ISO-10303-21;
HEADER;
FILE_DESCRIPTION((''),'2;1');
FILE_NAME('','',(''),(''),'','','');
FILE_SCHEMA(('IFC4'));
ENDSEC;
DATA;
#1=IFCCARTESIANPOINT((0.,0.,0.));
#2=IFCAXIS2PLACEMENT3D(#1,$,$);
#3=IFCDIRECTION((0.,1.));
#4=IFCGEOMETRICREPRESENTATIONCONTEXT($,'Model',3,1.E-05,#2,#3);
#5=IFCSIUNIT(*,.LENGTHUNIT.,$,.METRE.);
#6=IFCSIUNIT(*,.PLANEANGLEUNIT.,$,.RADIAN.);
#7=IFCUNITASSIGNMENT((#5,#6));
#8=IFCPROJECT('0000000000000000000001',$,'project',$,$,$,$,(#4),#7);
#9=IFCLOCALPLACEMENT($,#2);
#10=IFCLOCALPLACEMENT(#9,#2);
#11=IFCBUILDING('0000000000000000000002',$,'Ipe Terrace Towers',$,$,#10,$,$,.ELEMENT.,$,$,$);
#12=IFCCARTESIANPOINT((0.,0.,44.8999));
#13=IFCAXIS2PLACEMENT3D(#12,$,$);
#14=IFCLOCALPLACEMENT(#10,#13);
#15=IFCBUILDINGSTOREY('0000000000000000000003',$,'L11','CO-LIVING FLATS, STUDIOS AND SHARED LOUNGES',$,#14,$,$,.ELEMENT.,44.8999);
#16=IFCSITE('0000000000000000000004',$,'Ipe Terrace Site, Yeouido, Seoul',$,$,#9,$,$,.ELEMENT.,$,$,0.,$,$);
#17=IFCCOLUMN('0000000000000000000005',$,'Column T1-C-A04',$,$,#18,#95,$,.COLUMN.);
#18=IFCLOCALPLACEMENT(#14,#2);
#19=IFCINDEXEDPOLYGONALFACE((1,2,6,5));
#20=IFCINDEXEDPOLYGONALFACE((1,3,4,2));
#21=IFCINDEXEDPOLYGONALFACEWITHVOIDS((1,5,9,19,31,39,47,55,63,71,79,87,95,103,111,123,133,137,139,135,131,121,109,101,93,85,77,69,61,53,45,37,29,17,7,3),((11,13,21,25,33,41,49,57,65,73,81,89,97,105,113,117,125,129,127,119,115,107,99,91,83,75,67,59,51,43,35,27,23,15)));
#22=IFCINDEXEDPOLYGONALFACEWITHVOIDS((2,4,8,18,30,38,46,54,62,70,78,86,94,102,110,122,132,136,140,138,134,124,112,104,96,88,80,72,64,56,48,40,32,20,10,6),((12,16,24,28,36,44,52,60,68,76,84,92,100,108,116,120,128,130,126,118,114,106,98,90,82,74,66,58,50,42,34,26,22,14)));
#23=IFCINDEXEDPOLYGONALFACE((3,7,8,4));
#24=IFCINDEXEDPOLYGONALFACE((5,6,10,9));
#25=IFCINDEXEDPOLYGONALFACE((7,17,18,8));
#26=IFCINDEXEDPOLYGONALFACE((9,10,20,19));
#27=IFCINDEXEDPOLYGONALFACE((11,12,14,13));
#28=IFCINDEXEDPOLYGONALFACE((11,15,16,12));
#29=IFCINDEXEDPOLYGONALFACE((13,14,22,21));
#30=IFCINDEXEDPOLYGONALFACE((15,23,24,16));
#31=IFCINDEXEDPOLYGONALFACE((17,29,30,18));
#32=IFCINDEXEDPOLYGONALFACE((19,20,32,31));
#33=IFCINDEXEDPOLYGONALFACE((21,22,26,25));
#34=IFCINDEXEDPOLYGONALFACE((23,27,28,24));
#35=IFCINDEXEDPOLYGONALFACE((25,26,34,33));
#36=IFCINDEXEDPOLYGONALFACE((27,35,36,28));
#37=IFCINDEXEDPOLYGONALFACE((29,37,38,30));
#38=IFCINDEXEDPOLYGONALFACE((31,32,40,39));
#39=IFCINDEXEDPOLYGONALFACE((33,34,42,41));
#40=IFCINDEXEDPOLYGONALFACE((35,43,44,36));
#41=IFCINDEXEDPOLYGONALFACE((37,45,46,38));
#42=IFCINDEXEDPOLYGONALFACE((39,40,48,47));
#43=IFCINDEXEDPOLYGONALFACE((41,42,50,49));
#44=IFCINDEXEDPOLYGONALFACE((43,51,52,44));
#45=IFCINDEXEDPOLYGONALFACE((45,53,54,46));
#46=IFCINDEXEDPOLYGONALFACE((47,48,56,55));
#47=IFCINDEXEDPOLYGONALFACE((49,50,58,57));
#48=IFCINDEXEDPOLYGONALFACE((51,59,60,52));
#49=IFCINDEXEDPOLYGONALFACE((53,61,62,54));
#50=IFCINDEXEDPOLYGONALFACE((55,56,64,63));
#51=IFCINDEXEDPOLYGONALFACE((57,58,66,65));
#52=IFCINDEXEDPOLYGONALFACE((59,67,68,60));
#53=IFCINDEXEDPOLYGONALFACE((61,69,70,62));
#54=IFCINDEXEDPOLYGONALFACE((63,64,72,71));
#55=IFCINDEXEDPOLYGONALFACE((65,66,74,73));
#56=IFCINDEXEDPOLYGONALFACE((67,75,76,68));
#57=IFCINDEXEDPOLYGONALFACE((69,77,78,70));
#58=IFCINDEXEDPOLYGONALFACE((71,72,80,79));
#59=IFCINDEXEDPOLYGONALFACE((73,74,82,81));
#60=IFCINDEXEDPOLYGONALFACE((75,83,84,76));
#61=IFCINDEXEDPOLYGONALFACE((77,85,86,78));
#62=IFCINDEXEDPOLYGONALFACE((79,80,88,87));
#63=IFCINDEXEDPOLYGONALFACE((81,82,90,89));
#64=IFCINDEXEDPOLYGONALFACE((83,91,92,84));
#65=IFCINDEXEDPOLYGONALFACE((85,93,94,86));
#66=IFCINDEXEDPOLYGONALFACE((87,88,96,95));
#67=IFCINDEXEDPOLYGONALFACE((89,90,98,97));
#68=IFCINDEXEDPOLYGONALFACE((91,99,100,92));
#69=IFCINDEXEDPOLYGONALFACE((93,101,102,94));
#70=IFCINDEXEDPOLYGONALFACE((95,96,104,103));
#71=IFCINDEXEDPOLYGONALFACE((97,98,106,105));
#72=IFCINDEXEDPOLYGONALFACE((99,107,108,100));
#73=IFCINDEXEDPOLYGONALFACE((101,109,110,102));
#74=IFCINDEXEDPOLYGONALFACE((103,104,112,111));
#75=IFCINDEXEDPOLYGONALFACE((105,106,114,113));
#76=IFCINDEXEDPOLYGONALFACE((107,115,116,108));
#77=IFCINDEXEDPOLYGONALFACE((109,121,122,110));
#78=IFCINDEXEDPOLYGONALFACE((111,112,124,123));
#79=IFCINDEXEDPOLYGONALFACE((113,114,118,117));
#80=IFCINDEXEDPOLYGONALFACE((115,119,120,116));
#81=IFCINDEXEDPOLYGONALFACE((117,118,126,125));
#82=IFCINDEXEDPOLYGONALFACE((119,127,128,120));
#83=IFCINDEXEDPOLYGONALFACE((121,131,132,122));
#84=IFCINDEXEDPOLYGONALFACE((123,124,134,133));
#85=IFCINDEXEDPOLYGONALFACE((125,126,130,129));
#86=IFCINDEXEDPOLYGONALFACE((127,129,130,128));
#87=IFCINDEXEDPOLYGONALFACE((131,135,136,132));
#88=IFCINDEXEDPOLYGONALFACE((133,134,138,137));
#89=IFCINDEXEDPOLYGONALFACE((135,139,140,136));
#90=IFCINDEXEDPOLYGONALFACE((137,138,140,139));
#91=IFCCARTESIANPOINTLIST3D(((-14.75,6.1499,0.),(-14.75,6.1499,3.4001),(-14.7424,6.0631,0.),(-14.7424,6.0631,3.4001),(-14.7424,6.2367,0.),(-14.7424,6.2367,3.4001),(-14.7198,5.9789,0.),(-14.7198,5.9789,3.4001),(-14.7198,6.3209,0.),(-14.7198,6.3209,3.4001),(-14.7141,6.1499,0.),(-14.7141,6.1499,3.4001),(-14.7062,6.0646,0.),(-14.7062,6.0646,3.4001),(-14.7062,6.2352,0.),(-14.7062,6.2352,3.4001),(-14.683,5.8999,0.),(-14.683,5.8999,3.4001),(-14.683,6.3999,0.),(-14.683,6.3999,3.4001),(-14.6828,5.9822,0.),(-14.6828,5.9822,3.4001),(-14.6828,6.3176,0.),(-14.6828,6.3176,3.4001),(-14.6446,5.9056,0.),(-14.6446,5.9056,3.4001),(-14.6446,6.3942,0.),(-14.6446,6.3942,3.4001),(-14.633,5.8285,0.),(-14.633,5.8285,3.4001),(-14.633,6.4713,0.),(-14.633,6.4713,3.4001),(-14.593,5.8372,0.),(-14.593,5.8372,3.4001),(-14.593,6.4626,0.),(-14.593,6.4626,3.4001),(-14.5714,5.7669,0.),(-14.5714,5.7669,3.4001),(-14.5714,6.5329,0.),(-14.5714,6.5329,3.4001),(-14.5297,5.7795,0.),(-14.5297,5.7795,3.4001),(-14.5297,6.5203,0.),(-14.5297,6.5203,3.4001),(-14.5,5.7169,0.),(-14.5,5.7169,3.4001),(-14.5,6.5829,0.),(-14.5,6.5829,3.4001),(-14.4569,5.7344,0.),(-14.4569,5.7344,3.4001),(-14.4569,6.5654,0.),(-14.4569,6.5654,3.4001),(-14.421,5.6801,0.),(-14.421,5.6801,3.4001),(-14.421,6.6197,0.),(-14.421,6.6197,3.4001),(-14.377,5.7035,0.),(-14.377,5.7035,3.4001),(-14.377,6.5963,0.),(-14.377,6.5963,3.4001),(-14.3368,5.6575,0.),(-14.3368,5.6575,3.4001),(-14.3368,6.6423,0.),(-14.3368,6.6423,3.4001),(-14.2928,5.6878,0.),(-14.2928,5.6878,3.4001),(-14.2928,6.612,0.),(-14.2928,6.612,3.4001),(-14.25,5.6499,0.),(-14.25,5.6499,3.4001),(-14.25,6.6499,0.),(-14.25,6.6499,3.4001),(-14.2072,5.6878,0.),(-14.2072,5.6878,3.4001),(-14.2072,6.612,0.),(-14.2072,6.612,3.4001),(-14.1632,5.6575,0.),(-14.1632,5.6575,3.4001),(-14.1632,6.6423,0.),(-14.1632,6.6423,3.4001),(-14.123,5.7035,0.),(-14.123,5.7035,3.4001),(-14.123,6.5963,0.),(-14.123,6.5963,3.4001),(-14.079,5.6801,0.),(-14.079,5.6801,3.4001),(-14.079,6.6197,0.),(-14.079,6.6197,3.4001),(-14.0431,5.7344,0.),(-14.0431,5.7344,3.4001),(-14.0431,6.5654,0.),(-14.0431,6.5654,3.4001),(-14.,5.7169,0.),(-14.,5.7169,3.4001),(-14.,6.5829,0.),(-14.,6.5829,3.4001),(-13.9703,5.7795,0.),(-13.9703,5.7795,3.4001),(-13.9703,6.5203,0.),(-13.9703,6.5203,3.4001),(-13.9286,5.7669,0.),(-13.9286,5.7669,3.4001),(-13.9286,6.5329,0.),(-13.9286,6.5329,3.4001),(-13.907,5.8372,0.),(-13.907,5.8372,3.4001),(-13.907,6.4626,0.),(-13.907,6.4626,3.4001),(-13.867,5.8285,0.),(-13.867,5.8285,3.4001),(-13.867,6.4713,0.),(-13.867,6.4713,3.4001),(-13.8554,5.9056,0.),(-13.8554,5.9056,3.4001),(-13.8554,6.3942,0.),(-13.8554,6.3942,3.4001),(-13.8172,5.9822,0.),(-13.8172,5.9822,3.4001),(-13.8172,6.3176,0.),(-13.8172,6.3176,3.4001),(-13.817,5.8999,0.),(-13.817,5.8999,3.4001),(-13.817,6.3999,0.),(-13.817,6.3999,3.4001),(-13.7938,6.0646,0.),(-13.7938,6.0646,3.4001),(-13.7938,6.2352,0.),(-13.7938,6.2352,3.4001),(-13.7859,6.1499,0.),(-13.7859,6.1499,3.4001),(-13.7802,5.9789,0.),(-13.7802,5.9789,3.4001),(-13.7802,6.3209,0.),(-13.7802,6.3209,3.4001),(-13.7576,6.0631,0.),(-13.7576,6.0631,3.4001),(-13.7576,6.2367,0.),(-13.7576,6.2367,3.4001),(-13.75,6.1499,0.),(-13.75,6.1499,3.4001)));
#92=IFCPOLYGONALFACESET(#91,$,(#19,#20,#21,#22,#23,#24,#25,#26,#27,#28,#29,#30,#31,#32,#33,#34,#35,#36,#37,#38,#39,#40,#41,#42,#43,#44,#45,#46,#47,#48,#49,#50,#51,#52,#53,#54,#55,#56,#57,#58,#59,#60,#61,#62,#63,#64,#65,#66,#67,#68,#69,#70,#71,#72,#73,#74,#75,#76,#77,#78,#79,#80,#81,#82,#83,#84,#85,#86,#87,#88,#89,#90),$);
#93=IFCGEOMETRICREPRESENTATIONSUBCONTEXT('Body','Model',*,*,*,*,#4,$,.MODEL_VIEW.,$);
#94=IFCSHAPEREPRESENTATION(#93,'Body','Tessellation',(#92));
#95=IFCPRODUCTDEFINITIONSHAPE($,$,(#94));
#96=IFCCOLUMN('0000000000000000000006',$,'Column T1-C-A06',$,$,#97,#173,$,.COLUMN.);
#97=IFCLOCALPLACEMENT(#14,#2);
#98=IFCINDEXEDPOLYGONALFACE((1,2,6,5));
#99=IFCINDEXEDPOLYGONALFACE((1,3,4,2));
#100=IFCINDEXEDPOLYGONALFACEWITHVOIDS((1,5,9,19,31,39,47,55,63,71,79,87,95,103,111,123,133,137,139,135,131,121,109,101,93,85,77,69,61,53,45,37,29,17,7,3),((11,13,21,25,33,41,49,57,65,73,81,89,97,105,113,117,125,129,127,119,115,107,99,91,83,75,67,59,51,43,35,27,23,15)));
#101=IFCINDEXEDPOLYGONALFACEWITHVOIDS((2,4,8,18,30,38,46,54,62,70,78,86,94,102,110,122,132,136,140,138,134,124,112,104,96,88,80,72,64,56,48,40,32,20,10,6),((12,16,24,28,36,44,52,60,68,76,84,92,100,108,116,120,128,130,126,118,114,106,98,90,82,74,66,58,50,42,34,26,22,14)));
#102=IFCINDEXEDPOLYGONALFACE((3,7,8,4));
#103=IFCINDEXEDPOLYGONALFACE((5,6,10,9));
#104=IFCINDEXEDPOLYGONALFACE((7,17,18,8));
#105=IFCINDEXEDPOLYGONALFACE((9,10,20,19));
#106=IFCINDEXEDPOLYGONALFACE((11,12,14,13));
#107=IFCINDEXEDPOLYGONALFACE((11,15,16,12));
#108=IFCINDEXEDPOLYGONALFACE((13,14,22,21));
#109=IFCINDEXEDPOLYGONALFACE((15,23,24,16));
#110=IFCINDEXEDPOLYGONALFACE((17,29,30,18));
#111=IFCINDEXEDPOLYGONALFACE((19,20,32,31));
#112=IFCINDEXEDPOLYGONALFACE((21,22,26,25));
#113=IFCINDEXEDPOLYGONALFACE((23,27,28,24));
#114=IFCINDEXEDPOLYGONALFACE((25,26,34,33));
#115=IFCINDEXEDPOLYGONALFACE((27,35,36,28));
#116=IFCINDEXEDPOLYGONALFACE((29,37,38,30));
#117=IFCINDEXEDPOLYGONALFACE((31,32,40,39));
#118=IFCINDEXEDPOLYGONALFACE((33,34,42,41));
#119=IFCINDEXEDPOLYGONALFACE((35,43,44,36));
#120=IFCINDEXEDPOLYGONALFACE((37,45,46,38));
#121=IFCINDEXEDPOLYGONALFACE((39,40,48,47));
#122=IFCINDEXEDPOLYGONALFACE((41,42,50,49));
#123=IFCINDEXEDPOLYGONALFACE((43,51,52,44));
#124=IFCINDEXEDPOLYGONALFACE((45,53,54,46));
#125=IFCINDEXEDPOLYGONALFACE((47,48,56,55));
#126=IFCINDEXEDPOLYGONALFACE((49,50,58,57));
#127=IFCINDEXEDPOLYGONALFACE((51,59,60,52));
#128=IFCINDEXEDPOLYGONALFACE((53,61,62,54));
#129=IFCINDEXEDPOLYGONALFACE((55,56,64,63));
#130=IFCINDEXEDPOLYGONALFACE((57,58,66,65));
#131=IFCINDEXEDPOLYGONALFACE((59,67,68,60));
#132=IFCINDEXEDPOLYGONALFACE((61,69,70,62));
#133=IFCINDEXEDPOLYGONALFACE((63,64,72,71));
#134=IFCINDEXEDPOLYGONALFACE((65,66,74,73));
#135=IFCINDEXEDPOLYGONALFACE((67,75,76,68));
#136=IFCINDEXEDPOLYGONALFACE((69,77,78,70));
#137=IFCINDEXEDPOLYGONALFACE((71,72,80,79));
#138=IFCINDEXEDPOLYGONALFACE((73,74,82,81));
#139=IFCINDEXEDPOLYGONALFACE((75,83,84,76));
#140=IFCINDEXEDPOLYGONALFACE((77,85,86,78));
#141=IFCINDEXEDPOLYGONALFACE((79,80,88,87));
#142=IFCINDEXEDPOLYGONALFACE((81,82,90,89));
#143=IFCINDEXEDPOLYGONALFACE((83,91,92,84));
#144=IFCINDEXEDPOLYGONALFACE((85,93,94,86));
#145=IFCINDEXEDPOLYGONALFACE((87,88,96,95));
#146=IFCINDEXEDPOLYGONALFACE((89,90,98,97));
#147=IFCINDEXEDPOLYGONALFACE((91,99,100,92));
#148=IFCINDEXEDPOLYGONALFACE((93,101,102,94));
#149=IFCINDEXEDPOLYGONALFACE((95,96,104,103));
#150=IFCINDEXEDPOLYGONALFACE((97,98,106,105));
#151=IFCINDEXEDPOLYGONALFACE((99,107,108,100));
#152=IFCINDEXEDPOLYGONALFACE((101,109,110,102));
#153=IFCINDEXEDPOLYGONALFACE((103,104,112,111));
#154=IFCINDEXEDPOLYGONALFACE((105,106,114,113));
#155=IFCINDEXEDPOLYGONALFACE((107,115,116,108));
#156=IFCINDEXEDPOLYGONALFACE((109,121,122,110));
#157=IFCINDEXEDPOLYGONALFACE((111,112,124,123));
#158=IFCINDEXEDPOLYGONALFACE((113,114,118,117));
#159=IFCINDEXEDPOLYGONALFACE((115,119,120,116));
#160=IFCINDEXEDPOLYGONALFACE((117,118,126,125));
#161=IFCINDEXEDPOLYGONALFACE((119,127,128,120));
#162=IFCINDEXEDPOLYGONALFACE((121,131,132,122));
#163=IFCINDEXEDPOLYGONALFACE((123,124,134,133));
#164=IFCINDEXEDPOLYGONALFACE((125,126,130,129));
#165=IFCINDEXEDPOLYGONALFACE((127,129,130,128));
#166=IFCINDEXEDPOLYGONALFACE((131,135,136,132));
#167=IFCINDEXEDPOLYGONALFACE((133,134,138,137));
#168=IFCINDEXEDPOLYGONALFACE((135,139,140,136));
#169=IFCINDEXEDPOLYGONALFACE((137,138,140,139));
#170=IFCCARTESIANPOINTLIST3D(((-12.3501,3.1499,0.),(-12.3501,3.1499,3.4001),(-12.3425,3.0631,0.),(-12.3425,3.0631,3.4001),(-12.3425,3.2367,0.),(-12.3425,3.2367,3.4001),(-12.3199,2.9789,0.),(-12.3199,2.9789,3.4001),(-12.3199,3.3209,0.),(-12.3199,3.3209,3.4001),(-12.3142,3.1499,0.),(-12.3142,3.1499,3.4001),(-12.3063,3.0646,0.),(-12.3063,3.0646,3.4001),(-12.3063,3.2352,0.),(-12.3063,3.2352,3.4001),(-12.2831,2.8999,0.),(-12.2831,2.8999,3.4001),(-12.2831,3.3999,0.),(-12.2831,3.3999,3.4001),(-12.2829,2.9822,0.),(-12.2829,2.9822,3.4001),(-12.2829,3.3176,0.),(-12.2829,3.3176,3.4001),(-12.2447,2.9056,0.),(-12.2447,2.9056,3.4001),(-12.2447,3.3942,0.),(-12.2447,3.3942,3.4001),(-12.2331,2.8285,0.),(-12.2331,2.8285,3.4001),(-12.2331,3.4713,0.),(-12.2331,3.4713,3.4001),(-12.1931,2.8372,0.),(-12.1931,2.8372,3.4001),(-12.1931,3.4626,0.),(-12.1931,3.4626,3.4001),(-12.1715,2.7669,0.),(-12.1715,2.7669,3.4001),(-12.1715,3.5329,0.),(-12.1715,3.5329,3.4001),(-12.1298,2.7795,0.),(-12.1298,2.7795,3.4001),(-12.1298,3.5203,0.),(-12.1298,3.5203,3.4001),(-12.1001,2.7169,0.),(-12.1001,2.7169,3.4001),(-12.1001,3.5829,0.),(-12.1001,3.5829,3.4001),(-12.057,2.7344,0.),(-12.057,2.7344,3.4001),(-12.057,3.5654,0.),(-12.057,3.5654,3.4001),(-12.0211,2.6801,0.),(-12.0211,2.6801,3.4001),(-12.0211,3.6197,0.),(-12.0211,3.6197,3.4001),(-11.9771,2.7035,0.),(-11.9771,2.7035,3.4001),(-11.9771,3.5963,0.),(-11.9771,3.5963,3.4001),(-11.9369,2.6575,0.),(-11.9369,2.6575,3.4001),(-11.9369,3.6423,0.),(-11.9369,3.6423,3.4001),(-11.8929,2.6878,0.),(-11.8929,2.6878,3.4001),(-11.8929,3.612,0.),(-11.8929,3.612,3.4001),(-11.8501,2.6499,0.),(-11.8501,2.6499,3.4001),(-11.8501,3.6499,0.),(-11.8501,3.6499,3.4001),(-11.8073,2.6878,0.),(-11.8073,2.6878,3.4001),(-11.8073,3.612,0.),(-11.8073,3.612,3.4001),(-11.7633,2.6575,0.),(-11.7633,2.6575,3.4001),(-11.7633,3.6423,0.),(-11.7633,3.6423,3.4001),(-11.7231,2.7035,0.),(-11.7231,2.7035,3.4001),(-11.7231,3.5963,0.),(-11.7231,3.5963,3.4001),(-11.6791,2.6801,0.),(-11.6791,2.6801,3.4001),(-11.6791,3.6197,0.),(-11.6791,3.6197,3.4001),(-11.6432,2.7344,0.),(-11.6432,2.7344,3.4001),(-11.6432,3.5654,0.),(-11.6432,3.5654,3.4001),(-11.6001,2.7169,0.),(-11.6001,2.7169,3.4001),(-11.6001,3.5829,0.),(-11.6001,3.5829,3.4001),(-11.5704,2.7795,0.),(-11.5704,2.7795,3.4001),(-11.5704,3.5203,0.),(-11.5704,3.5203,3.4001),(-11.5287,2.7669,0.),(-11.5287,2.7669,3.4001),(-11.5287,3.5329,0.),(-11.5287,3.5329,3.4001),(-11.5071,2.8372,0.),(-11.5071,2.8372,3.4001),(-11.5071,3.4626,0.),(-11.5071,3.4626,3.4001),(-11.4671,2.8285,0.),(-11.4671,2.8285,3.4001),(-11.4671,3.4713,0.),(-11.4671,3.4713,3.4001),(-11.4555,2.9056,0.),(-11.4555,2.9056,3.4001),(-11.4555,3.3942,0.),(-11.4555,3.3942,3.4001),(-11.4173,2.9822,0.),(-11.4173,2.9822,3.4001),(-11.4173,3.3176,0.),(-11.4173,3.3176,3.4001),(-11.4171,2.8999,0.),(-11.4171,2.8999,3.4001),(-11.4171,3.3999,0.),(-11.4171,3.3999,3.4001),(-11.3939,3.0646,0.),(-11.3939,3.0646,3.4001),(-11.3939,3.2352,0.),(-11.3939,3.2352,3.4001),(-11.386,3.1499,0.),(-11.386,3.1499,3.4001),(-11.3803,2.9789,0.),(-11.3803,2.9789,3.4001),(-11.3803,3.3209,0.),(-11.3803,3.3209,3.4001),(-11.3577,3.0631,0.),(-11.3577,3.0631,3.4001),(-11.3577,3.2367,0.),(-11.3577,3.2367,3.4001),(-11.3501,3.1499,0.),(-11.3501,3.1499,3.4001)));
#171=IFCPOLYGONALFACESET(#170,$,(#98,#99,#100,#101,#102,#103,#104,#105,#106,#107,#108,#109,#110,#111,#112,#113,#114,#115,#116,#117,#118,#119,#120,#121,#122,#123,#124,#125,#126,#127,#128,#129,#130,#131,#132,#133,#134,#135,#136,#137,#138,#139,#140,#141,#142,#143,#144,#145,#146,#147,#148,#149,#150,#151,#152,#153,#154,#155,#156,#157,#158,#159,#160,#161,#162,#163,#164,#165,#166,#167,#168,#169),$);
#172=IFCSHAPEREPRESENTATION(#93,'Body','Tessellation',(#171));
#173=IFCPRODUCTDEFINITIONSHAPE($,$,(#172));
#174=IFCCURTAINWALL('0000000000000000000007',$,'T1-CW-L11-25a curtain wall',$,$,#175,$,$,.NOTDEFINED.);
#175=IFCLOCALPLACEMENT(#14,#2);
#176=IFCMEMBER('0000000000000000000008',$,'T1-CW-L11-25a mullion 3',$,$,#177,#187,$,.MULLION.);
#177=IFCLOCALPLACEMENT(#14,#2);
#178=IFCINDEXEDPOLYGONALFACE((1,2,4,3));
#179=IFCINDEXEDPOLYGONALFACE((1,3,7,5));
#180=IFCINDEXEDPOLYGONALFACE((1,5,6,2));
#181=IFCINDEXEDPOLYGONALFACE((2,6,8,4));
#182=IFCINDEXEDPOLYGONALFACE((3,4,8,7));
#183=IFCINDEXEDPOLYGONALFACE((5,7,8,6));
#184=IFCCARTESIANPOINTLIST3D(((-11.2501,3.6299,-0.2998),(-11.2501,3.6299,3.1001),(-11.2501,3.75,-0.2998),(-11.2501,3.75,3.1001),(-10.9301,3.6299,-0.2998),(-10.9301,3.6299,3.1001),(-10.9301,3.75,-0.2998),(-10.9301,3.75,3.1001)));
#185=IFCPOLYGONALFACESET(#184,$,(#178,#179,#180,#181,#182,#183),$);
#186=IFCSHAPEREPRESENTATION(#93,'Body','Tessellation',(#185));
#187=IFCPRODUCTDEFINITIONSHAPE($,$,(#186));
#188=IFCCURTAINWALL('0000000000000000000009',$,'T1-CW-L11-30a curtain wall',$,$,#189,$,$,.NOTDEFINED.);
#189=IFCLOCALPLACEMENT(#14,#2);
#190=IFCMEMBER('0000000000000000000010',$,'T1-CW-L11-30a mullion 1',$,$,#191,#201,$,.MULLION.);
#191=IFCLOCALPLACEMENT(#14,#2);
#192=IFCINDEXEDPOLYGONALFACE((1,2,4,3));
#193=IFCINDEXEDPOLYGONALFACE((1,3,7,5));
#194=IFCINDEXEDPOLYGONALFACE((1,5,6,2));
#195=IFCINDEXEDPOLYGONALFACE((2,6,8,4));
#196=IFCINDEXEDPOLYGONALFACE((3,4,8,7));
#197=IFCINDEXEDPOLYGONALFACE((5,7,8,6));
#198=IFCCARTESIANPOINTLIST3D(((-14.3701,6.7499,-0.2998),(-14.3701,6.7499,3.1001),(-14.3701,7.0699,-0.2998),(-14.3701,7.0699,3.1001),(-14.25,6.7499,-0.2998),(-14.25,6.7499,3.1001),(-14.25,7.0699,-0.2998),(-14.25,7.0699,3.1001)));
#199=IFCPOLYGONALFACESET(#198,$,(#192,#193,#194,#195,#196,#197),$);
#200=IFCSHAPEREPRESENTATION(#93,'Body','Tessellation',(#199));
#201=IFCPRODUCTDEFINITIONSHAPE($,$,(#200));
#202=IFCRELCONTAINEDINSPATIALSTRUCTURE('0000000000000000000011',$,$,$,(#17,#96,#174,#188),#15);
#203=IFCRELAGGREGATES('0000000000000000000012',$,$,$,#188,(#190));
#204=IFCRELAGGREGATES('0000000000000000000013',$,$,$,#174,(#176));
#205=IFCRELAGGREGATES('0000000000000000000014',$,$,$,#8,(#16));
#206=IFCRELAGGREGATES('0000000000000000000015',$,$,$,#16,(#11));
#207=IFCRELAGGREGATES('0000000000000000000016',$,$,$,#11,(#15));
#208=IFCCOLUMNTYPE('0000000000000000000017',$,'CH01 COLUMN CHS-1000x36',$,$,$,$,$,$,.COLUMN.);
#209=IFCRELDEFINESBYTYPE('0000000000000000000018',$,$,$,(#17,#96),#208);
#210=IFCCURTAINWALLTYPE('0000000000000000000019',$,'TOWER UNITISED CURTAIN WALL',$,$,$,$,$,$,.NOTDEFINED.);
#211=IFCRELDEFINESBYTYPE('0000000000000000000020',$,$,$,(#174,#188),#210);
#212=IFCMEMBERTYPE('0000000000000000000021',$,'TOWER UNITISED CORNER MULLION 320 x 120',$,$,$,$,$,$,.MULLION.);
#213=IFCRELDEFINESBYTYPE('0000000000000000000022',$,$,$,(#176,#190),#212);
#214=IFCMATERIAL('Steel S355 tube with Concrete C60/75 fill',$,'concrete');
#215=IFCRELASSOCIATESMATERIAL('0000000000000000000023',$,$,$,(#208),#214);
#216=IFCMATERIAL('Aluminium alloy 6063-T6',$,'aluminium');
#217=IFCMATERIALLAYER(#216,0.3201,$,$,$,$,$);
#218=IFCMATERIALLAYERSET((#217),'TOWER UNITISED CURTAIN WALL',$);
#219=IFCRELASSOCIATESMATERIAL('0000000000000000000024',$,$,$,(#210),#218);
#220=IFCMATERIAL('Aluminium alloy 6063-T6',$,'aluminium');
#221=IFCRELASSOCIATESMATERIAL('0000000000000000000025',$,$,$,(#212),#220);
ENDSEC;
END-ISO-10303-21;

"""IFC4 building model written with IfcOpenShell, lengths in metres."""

from ifc_helpers import new_model, si_unit, direction, frame, origin, origin_2d, place, context, subcontext, project, spatial, rectangle, hollow_circle, extrude, material, layer, layer_set, material_profile, profile_set, type_object, element, aggregate, save


model = new_model("IFC4")

# Units and contexts
model_context = context("Model", 3, precision=1e-05, world=origin(), true_north=direction((0.0, 1.0)))
body_context = subcontext(model_context, "Body", "Model", "MODEL_VIEW")
ifc_project = project(units=[si_unit("LENGTHUNIT", "METRE"), si_unit("PLANEANGLEUNIT", "RADIAN")], contexts=[model_context])

# Site, building, storey
site_placement = place(None, origin())
site = spatial("IfcSite", under=ifc_project, at=site_placement, Name="Ipe Terrace Site, Yeouido, Seoul", CompositionType="ELEMENT", RefElevation=0.0)
building_placement = place(site_placement, origin())
building = spatial("IfcBuilding", under=site, at=building_placement, Name="Ipe Terrace Towers", CompositionType="ELEMENT")
storey_placement = place(building_placement, frame((0.0, 0.0, 44.8999)))
storey = spatial("IfcBuildingStorey", under=building, at=storey_placement, Name="L11", Description="CO-LIVING FLATS, STUDIOS AND SHARED LOUNGES", CompositionType="ELEMENT", Elevation=44.8999)

# Columns
ifc_material_1 = material(Name="Steel S355 tube with Concrete C60/75 fill", Category="concrete")
ifc_material_profile_1 = material_profile(ifc_material_1, hollow_circle(Radius=0.5, WallThickness=0.0359, at=origin_2d()), Name="CHS-1000x36")
ifc_profile_set_1 = profile_set([ifc_material_profile_1], Name="Steel S355 tube with Concrete C60/75 fill")
column_type = type_object("IfcColumnType", Name="CH01 COLUMN CHS-1000x36", PredefinedType="COLUMN", material=ifc_profile_set_1)
for number, where, z_axis, x_axis, name in (
    (1, (-14.25, 6.1499, 0.0), (0.0, 0.0, 1.0), (1.0, 0.0, 0.0), "Column T1-C-A04"),
    (2, (-11.8501, 3.1499, 0.0), (0.0, 0.0, 1.0), (1.0, 0.0, 0.0), "Column T1-C-A06"),
):
    element("IfcColumn", number, at=place(storey_placement, frame(where, z_axis=z_axis, x_axis=x_axis)), inside=storey, type_object=column_type, Name=name, PredefinedType="COLUMN", context=body_context, shape_type="SweptSolid", body=[
        extrude(hollow_circle(Radius=0.5, WallThickness=0.0359, at=origin_2d()), origin(), (0.0, 0.0, 1.0), 3.4001),
    ])

# Curtain walls, members
ifc_material_2 = material(Name="Aluminium alloy 6063-T6", Category="aluminium")
ifc_layer_1 = layer(ifc_material_2, 0.3201)
ifc_layer_set_1 = layer_set([ifc_layer_1], Name="TOWER UNITISED CURTAIN WALL")
curtain_wall_type = type_object("IfcCurtainWallType", Name="TOWER UNITISED CURTAIN WALL", PredefinedType="NOTDEFINED", material=ifc_layer_set_1)
curtain_wall_1_placement = place(storey_placement, origin())
curtain_wall_1 = element("IfcCurtainWall", 3, at=curtain_wall_1_placement, inside=storey, type_object=curtain_wall_type, Name="T1-CW-L11-25a curtain wall", PredefinedType="NOTDEFINED")
ifc_material_3 = material(Name="Aluminium alloy 6063-T6", Category="aluminium")
ifc_material_profile_2 = material_profile(ifc_material_3, rectangle(XDim=0.3201, YDim=0.1201, at=origin_2d()), Name="TOWER UNITISED CORNER MULLION 320 x 120")
ifc_profile_set_2 = profile_set([ifc_material_profile_2], Name="Aluminium alloy 6063-T6")
member_type = type_object("IfcMemberType", Name="TOWER UNITISED CORNER MULLION 320 x 120", PredefinedType="MULLION", material=ifc_profile_set_2)
member_1_placement = place(storey_placement, frame((-11.0901, 3.6899, -0.2998), z_axis=(0.0, 0.0, 1.0), x_axis=(1.0, 0.0, 0.0)))
member_1 = element("IfcMember", 4, at=member_1_placement, type_object=member_type, Name="T1-CW-L11-25a mullion 3", PredefinedType="MULLION", context=body_context, shape_type="SweptSolid", body=[
    extrude(rectangle(XDim=0.3201, YDim=0.1201, at=origin_2d()), origin(), (0.0, 0.0, 1.0), 3.3999),
])
curtain_wall_2_placement = place(storey_placement, origin())
curtain_wall_2 = element("IfcCurtainWall", 5, at=curtain_wall_2_placement, inside=storey, type_object=curtain_wall_type, Name="T1-CW-L11-30a curtain wall", PredefinedType="NOTDEFINED")
member_2_placement = place(storey_placement, frame((-14.3101, 6.9099, -0.2998), z_axis=(0.0, 0.0, 1.0), x_axis=(0.0, 1.0, 0.0)))
member_2 = element("IfcMember", 6, at=member_2_placement, type_object=member_type, Name="T1-CW-L11-30a mullion 1", PredefinedType="MULLION", context=body_context, shape_type="SweptSolid", body=[
    extrude(rectangle(XDim=0.3201, YDim=0.1201, at=origin_2d()), origin(), (0.0, 0.0, 1.0), 3.3999),
])
aggregate(curtain_wall_2, [member_2])

aggregate(curtain_wall_1, [member_1])

save(model, "model.ifc")
